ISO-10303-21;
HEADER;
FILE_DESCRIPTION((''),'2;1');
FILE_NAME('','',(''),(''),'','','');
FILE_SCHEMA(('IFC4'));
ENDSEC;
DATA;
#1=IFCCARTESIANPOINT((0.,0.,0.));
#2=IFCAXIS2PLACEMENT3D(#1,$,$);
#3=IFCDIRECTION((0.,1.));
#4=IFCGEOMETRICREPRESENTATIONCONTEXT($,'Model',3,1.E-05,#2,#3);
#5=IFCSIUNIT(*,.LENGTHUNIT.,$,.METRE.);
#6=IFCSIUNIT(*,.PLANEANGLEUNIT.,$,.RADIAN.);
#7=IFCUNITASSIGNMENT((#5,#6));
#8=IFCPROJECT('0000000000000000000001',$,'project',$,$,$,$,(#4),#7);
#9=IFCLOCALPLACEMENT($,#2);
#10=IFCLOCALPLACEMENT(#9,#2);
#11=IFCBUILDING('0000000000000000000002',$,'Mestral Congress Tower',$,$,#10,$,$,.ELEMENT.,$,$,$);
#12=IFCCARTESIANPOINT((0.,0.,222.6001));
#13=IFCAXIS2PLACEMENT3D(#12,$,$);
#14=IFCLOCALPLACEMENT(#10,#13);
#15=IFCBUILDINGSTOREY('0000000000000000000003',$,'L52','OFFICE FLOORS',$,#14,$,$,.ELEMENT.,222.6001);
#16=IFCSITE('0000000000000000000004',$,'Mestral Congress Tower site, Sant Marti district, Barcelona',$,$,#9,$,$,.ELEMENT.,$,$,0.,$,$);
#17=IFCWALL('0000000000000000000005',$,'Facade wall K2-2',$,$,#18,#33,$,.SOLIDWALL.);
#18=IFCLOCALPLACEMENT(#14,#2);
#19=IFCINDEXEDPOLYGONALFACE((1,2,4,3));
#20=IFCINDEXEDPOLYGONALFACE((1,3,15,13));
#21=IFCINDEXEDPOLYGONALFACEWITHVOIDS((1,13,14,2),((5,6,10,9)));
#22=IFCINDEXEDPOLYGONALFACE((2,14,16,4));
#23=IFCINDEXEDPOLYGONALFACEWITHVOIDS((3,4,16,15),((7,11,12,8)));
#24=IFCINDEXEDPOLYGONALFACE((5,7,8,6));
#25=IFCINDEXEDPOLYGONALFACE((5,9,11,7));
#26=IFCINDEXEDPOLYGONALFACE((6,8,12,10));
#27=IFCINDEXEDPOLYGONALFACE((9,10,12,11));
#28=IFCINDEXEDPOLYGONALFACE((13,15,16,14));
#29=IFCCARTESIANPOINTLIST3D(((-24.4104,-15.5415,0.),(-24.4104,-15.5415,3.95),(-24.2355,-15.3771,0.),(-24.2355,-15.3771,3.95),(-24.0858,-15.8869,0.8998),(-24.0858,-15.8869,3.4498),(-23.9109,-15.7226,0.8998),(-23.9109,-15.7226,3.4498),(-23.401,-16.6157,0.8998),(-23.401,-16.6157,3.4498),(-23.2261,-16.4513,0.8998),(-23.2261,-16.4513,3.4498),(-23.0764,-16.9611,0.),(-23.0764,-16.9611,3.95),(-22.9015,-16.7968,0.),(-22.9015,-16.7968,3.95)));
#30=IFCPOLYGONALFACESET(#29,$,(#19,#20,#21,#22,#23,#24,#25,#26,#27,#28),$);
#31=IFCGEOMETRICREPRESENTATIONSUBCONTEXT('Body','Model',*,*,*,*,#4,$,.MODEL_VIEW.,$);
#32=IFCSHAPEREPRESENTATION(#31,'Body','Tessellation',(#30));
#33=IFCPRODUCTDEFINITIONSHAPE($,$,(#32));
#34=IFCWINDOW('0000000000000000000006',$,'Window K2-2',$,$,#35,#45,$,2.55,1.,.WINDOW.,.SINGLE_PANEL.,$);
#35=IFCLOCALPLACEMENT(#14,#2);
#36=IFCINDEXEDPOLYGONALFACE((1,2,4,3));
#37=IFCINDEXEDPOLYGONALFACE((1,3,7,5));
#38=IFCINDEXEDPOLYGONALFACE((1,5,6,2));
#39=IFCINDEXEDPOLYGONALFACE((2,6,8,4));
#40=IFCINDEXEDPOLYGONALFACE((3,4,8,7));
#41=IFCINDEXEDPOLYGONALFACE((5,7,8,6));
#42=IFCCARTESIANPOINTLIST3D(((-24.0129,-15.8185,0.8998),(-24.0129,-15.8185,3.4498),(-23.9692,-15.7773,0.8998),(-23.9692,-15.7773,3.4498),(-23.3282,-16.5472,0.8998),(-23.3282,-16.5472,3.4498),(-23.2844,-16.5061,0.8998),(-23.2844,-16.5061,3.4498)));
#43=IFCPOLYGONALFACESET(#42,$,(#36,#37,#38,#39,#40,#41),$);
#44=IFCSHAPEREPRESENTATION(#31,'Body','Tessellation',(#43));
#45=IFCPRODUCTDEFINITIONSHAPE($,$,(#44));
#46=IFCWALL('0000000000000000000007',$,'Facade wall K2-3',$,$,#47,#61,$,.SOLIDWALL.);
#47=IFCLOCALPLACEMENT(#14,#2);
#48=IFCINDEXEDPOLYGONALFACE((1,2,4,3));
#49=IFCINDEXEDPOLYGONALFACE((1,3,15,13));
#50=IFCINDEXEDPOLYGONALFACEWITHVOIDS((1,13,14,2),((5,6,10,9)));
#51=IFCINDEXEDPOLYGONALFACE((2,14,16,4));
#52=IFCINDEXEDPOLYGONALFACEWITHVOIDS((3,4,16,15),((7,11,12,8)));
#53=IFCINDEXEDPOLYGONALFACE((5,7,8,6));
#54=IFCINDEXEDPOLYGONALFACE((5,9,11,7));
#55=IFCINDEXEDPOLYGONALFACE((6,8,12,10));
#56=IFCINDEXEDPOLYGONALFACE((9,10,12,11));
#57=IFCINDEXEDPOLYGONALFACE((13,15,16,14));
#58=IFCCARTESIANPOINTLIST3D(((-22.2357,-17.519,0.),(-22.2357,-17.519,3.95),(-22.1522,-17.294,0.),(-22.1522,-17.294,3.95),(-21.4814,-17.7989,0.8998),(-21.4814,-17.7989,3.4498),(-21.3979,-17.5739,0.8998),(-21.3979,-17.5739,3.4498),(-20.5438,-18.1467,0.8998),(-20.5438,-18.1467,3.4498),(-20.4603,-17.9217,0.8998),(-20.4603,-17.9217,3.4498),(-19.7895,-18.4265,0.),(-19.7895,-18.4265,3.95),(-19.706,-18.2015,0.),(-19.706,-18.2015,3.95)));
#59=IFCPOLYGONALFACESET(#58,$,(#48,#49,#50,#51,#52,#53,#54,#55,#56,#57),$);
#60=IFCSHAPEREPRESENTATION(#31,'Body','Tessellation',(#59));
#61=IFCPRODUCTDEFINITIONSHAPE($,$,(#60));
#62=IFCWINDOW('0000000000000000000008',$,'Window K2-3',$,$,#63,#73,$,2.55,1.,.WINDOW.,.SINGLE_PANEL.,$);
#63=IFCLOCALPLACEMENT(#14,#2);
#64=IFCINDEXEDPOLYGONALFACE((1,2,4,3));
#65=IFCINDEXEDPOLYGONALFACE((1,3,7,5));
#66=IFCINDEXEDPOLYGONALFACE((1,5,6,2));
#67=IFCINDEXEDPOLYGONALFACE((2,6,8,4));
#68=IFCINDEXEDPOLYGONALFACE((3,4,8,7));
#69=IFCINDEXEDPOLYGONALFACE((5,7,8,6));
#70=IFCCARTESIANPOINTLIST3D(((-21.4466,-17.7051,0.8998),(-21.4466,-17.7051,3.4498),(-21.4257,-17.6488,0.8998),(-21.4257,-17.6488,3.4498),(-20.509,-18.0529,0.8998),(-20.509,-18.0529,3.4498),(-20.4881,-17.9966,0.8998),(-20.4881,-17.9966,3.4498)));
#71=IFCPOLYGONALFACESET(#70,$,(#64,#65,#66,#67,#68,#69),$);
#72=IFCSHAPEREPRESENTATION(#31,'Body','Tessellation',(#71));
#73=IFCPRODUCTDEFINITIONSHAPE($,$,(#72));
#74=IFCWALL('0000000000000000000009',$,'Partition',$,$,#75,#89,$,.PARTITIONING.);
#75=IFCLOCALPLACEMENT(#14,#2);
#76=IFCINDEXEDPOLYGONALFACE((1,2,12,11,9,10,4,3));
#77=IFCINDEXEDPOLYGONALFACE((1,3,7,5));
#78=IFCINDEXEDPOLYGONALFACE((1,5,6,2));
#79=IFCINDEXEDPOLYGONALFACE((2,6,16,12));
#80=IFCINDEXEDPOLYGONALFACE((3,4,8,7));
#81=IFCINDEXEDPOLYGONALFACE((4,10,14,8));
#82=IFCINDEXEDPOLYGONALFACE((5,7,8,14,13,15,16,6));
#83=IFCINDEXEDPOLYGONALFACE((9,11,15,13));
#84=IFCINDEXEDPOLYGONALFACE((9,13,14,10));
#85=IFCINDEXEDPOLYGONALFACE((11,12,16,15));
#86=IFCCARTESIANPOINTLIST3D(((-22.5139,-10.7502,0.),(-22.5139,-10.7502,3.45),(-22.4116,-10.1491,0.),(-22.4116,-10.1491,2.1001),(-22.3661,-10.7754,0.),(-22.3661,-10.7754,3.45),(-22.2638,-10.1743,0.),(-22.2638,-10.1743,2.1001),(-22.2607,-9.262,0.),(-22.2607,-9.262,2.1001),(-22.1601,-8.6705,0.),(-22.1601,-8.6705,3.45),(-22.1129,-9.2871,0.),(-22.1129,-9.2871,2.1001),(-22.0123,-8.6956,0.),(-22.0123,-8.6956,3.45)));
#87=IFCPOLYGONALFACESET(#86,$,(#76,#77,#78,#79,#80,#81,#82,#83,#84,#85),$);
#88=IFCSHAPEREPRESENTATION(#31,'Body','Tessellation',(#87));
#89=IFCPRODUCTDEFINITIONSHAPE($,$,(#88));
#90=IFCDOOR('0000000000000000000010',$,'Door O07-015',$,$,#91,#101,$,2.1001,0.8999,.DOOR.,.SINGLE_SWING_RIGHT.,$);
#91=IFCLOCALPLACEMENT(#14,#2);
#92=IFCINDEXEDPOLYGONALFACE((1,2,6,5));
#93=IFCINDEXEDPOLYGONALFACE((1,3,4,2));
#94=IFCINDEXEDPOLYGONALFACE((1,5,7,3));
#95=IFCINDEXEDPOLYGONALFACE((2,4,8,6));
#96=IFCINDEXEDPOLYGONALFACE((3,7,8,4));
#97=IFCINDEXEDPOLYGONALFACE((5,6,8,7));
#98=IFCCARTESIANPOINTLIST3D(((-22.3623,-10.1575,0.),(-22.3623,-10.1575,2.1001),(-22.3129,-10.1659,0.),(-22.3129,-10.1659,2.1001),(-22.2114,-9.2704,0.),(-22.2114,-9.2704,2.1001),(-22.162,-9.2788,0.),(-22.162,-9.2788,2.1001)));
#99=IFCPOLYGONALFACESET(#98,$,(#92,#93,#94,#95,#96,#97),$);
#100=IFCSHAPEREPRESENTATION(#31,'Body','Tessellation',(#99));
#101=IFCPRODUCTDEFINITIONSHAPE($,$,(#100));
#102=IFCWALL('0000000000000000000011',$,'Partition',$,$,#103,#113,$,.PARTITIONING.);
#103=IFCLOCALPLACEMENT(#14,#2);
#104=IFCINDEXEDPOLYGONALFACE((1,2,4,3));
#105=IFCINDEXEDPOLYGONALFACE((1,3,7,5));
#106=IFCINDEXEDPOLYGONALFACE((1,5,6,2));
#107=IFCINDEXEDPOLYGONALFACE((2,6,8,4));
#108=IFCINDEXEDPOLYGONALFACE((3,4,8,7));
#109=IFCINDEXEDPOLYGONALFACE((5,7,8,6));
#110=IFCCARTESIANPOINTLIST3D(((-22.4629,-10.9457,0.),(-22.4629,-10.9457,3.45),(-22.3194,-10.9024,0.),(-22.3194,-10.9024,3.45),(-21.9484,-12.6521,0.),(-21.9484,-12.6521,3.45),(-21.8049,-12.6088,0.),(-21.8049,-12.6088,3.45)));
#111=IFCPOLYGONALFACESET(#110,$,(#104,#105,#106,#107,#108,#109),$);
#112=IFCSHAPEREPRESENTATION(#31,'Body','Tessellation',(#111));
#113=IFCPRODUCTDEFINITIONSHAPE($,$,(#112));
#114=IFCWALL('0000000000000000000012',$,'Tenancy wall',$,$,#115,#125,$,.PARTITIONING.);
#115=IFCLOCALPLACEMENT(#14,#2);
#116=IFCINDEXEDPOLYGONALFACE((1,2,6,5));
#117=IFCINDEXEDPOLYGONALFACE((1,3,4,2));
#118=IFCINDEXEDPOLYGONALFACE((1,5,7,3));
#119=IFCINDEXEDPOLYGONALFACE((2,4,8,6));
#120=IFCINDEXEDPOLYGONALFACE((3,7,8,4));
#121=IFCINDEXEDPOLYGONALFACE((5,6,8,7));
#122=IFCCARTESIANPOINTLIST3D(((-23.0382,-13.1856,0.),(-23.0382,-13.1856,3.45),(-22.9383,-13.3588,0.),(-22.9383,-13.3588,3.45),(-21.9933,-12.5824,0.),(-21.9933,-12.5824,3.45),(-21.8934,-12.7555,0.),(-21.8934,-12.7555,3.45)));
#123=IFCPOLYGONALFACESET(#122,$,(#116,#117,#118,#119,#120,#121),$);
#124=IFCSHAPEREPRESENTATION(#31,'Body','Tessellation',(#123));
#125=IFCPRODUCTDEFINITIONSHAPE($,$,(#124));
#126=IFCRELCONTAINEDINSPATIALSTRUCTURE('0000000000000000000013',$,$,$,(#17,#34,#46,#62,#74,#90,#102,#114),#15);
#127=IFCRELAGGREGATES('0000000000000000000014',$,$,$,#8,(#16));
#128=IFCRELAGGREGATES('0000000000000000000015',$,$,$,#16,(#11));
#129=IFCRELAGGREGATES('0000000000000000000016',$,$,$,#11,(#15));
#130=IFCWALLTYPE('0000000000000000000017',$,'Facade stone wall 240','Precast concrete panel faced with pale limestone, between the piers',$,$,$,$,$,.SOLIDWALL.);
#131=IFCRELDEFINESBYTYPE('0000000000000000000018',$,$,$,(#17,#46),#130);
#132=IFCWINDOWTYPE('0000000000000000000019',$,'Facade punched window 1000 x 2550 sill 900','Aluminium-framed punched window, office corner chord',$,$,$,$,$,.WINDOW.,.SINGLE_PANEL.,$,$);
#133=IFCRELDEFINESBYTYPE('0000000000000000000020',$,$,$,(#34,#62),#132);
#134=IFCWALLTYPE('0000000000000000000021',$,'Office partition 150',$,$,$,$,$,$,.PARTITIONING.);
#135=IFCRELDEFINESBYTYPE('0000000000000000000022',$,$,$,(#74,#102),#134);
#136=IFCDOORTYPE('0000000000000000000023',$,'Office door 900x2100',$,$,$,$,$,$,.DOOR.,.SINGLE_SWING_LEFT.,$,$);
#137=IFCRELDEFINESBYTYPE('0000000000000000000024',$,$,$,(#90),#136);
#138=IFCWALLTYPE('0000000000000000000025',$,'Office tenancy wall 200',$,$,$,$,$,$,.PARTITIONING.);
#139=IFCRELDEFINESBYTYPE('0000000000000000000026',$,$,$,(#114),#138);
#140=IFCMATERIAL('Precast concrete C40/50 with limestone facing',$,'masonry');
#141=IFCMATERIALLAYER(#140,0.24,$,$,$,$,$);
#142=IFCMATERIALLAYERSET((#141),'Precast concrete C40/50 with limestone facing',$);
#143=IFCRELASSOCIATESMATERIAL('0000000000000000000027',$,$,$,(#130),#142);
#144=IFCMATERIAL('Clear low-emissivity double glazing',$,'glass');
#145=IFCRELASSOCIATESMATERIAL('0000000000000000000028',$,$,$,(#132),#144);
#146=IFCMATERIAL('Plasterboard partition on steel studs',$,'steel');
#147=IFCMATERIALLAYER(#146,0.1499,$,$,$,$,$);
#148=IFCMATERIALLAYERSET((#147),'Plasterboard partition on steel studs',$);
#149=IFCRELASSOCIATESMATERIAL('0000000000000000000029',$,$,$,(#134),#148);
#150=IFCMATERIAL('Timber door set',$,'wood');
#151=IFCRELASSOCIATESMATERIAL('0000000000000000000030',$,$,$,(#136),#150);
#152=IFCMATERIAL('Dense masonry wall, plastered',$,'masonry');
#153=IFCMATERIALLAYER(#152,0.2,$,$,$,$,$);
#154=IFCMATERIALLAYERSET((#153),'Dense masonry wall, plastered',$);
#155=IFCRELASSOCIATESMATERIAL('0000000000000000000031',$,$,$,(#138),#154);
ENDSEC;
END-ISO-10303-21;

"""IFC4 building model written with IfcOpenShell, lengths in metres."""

from ifc_helpers import new_model, si_unit, direction, frame, frame_2d, origin, place, context, subcontext, project, spatial, rectangle, extrude, material, layer, layer_set, type_object, element, fill, save


model = new_model("IFC4")

# Units and contexts
model_context = context("Model", 3, precision=1e-05, world=origin(), true_north=direction((0.0, 1.0)))
body_context = subcontext(model_context, "Body", "Model", "MODEL_VIEW")
ifc_project = project(units=[si_unit("LENGTHUNIT", "METRE"), si_unit("PLANEANGLEUNIT", "RADIAN")], contexts=[model_context])

# Site, building, storey
site_placement = place(None, origin())
site = spatial("IfcSite", under=ifc_project, at=site_placement, Name="Mestral Congress Tower site, Sant Marti district, Barcelona", CompositionType="ELEMENT", RefElevation=0.0)
building_placement = place(site_placement, origin())
building = spatial("IfcBuilding", under=site, at=building_placement, Name="Mestral Congress Tower", CompositionType="ELEMENT")
storey_placement = place(building_placement, frame((0.0, 0.0, 222.6001)))
storey = spatial("IfcBuildingStorey", under=building, at=storey_placement, Name="L52", Description="OFFICE FLOORS", CompositionType="ELEMENT", Elevation=222.6001)

# Walls, openings, windows
ifc_material_1 = material(Name="Precast concrete C40/50 with limestone facing", Category="masonry")
ifc_layer_1 = layer(ifc_material_1, 0.24)
ifc_layer_set_1 = layer_set([ifc_layer_1], Name="Precast concrete C40/50 with limestone facing")
wall_type_1 = type_object("IfcWallType", Name="Facade stone wall 240", Description="Precast concrete panel faced with pale limestone, between the piers", PredefinedType="SOLIDWALL", material=ifc_layer_set_1)
ifc_material_2 = material(Name="Clear low-emissivity double glazing", Category="glass")
window_type = type_object("IfcWindowType", Name="Facade punched window 1000 x 2550 sill 900", Description="Aluminium-framed punched window, office corner chord", PartitioningType="SINGLE_PANEL", PredefinedType="WINDOW", material=ifc_material_2)
wall_1_placement = place(storey_placement, frame((-24.323, -15.4592, 0.0), z_axis=(0.0, 0.0, 1.0), x_axis=(0.68477, -0.728759, 0.0)))
wall_1 = element("IfcWall", 1, at=wall_1_placement, inside=storey, type_object=wall_type_1, Name="Facade wall K2-2", PredefinedType="SOLIDWALL", context=body_context, shape_type="SweptSolid", body=[
    extrude(rectangle(XDim=1.948, YDim=0.24, at=frame_2d((0.9741, 0.0))), origin(), (0.0, 0.0, 1.0), 3.95),
])
opening_1_placement = place(wall_1_placement, frame((0.4741, 0.0, 0.8999)))
opening_1 = element("IfcOpeningElement", 2, at=opening_1_placement, cuts=wall_1, PredefinedType="OPENING", context=body_context, shape_type="SweptSolid", body=[
    extrude(rectangle(XDim=1.0, YDim=2.55, at=frame_2d((0.5, 1.2749))), frame((0.0, 0.1299, 0.0), z_axis=(0.0, -1.0, 0.0), x_axis=(1.0, 0.0, 0.0)), (0.0, 0.0, 1.0), 0.26),
])
window_1_placement = place(opening_1_placement, origin())
window_1 = element("IfcWindow", 3, at=window_1_placement, inside=storey, type_object=window_type, Name="Window K2-2", OverallHeight=2.55, OverallWidth=1.0, PartitioningType="SINGLE_PANEL", PredefinedType="WINDOW", context=body_context, shape_type="SweptSolid", body=[
    extrude(rectangle(XDim=1.0, YDim=2.55, at=frame_2d((0.5, 1.2749))), frame((0.0, 0.04, 0.0), z_axis=(0.0, -1.0, 0.0), x_axis=(1.0, 0.0, 0.0)), (0.0, 0.0, 1.0), 0.0601),
])
fill(opening_1, window_1)
wall_2_placement = place(storey_placement, frame((-22.1941, -17.4065, 0.0), z_axis=(0.0, 0.0, 1.0), x_axis=(0.937569, -0.347799, 0.0)))
wall_2 = element("IfcWall", 4, at=wall_2_placement, inside=storey, type_object=wall_type_1, Name="Facade wall K2-3", PredefinedType="SOLIDWALL", context=body_context, shape_type="SweptSolid", body=[
    extrude(rectangle(XDim=2.6091, YDim=0.24, at=frame_2d((1.3047, 0.0))), origin(), (0.0, 0.0, 1.0), 3.95),
])
opening_2_placement = place(wall_2_placement, frame((0.8047, 0.0, 0.8999)))
opening_2 = element("IfcOpeningElement", 5, at=opening_2_placement, cuts=wall_2, PredefinedType="OPENING", context=body_context, shape_type="SweptSolid", body=[
    extrude(rectangle(XDim=1.0, YDim=2.55, at=frame_2d((0.5, 1.2749))), frame((0.0, 0.1299, 0.0), z_axis=(0.0, -1.0, 0.0), x_axis=(1.0, 0.0, 0.0)), (0.0, 0.0, 1.0), 0.26),
])
window_2_placement = place(opening_2_placement, origin())
window_2 = element("IfcWindow", 6, at=window_2_placement, inside=storey, type_object=window_type, Name="Window K2-3", OverallHeight=2.55, OverallWidth=1.0, PartitioningType="SINGLE_PANEL", PredefinedType="WINDOW", context=body_context, shape_type="SweptSolid", body=[
    extrude(rectangle(XDim=1.0, YDim=2.55, at=frame_2d((0.5, 1.2749))), frame((0.0, 0.04, 0.0), z_axis=(0.0, -1.0, 0.0), x_axis=(1.0, 0.0, 0.0)), (0.0, 0.0, 1.0), 0.0601),
])
fill(opening_2, window_2)

# Wall, opening, door
ifc_material_3 = material(Name="Plasterboard partition on steel studs", Category="steel")
ifc_layer_2 = layer(ifc_material_3, 0.1499)
ifc_layer_set_2 = layer_set([ifc_layer_2], Name="Plasterboard partition on steel studs")
wall_type_2 = type_object("IfcWallType", Name="Office partition 150", PredefinedType="PARTITIONING", material=ifc_layer_set_2)
wall_3_placement = place(storey_placement, frame((-22.4399, -10.7627, 0.0), z_axis=(0.0, 0.0, 1.0), x_axis=(0.167682, 0.985841, 0.0)))
wall_3 = element("IfcWall", 7, at=wall_3_placement, inside=storey, type_object=wall_type_2, Name="Partition", PredefinedType="PARTITIONING", context=body_context, shape_type="SweptSolid", body=[
    extrude(rectangle(XDim=2.1096, YDim=0.1499, at=frame_2d((1.0547, 0.0))), origin(), (0.0, 0.0, 1.0), 3.45),
])
opening_3_placement = place(wall_3_placement, frame((0.6096, 0.0, 0.0)))
opening_3 = element("IfcOpeningElement", 8, at=opening_3_placement, cuts=wall_3, PredefinedType="OPENING", context=body_context, shape_type="SweptSolid", body=[
    extrude(rectangle(XDim=0.8999, YDim=2.1001, at=frame_2d((0.45, 1.05))), frame((0.0, 0.085, 0.0), z_axis=(0.0, -1.0, 0.0), x_axis=(1.0, 0.0, 0.0)), (0.0, 0.0, 1.0), 0.1699),
])
ifc_material_4 = material(Name="Timber door set", Category="wood")
door_type = type_object("IfcDoorType", Name="Office door 900x2100", OperationType="SINGLE_SWING_LEFT", PredefinedType="DOOR", material=ifc_material_4)
door_placement = place(opening_3_placement, origin())
door = element("IfcDoor", 9, at=door_placement, inside=storey, type_object=door_type, Name="Door O07-015", OperationType="SINGLE_SWING_RIGHT", OverallHeight=2.1001, OverallWidth=0.8999, PredefinedType="DOOR", context=body_context, shape_type="SweptSolid", body=[
    extrude(rectangle(XDim=0.8999, YDim=2.1001, at=frame_2d((0.45, 1.05))), frame((0.0, 0.0249, 0.0), z_axis=(0.0, -1.0, 0.0), x_axis=(1.0, 0.0, 0.0)), (0.0, 0.0, 1.0), 0.05),
])
fill(opening_3, door)

# Walls
wall_4_placement = place(storey_placement, frame((-22.3911, -10.9241, 0.0), z_axis=(0.0, 0.0, 1.0), x_axis=(0.288642, -0.957437, 0.0)))
element("IfcWall", 10, at=wall_4_placement, inside=storey, type_object=wall_type_2, Name="Partition", PredefinedType="PARTITIONING", context=body_context, shape_type="SweptSolid", body=[
    extrude(rectangle(XDim=1.7822, YDim=0.1499, at=frame_2d((0.8911, 0.0))), origin(), (0.0, 0.0, 1.0), 3.45),
])
ifc_material_5 = material(Name="Dense masonry wall, plastered", Category="masonry")
ifc_layer_3 = layer(ifc_material_5, 0.2)
ifc_layer_set_3 = layer_set([ifc_layer_3], Name="Dense masonry wall, plastered")
wall_type_3 = type_object("IfcWallType", Name="Office tenancy wall 200", PredefinedType="PARTITIONING", material=ifc_layer_set_3)
wall_5_placement = place(storey_placement, frame((-21.9434, -12.6689, 0.0), z_axis=(0.0, 0.0, 1.0), x_axis=(-0.866031, -0.499991, 0.0)))
element("IfcWall", 11, at=wall_5_placement, inside=storey, type_object=wall_type_3, Name="Tenancy wall", PredefinedType="PARTITIONING", context=body_context, shape_type="SweptSolid", body=[
    extrude(rectangle(XDim=1.2065, YDim=0.2, at=frame_2d((0.6033, 0.0))), origin(), (0.0, 0.0, 1.0), 3.45),
])

save(model, "model.ifc")
